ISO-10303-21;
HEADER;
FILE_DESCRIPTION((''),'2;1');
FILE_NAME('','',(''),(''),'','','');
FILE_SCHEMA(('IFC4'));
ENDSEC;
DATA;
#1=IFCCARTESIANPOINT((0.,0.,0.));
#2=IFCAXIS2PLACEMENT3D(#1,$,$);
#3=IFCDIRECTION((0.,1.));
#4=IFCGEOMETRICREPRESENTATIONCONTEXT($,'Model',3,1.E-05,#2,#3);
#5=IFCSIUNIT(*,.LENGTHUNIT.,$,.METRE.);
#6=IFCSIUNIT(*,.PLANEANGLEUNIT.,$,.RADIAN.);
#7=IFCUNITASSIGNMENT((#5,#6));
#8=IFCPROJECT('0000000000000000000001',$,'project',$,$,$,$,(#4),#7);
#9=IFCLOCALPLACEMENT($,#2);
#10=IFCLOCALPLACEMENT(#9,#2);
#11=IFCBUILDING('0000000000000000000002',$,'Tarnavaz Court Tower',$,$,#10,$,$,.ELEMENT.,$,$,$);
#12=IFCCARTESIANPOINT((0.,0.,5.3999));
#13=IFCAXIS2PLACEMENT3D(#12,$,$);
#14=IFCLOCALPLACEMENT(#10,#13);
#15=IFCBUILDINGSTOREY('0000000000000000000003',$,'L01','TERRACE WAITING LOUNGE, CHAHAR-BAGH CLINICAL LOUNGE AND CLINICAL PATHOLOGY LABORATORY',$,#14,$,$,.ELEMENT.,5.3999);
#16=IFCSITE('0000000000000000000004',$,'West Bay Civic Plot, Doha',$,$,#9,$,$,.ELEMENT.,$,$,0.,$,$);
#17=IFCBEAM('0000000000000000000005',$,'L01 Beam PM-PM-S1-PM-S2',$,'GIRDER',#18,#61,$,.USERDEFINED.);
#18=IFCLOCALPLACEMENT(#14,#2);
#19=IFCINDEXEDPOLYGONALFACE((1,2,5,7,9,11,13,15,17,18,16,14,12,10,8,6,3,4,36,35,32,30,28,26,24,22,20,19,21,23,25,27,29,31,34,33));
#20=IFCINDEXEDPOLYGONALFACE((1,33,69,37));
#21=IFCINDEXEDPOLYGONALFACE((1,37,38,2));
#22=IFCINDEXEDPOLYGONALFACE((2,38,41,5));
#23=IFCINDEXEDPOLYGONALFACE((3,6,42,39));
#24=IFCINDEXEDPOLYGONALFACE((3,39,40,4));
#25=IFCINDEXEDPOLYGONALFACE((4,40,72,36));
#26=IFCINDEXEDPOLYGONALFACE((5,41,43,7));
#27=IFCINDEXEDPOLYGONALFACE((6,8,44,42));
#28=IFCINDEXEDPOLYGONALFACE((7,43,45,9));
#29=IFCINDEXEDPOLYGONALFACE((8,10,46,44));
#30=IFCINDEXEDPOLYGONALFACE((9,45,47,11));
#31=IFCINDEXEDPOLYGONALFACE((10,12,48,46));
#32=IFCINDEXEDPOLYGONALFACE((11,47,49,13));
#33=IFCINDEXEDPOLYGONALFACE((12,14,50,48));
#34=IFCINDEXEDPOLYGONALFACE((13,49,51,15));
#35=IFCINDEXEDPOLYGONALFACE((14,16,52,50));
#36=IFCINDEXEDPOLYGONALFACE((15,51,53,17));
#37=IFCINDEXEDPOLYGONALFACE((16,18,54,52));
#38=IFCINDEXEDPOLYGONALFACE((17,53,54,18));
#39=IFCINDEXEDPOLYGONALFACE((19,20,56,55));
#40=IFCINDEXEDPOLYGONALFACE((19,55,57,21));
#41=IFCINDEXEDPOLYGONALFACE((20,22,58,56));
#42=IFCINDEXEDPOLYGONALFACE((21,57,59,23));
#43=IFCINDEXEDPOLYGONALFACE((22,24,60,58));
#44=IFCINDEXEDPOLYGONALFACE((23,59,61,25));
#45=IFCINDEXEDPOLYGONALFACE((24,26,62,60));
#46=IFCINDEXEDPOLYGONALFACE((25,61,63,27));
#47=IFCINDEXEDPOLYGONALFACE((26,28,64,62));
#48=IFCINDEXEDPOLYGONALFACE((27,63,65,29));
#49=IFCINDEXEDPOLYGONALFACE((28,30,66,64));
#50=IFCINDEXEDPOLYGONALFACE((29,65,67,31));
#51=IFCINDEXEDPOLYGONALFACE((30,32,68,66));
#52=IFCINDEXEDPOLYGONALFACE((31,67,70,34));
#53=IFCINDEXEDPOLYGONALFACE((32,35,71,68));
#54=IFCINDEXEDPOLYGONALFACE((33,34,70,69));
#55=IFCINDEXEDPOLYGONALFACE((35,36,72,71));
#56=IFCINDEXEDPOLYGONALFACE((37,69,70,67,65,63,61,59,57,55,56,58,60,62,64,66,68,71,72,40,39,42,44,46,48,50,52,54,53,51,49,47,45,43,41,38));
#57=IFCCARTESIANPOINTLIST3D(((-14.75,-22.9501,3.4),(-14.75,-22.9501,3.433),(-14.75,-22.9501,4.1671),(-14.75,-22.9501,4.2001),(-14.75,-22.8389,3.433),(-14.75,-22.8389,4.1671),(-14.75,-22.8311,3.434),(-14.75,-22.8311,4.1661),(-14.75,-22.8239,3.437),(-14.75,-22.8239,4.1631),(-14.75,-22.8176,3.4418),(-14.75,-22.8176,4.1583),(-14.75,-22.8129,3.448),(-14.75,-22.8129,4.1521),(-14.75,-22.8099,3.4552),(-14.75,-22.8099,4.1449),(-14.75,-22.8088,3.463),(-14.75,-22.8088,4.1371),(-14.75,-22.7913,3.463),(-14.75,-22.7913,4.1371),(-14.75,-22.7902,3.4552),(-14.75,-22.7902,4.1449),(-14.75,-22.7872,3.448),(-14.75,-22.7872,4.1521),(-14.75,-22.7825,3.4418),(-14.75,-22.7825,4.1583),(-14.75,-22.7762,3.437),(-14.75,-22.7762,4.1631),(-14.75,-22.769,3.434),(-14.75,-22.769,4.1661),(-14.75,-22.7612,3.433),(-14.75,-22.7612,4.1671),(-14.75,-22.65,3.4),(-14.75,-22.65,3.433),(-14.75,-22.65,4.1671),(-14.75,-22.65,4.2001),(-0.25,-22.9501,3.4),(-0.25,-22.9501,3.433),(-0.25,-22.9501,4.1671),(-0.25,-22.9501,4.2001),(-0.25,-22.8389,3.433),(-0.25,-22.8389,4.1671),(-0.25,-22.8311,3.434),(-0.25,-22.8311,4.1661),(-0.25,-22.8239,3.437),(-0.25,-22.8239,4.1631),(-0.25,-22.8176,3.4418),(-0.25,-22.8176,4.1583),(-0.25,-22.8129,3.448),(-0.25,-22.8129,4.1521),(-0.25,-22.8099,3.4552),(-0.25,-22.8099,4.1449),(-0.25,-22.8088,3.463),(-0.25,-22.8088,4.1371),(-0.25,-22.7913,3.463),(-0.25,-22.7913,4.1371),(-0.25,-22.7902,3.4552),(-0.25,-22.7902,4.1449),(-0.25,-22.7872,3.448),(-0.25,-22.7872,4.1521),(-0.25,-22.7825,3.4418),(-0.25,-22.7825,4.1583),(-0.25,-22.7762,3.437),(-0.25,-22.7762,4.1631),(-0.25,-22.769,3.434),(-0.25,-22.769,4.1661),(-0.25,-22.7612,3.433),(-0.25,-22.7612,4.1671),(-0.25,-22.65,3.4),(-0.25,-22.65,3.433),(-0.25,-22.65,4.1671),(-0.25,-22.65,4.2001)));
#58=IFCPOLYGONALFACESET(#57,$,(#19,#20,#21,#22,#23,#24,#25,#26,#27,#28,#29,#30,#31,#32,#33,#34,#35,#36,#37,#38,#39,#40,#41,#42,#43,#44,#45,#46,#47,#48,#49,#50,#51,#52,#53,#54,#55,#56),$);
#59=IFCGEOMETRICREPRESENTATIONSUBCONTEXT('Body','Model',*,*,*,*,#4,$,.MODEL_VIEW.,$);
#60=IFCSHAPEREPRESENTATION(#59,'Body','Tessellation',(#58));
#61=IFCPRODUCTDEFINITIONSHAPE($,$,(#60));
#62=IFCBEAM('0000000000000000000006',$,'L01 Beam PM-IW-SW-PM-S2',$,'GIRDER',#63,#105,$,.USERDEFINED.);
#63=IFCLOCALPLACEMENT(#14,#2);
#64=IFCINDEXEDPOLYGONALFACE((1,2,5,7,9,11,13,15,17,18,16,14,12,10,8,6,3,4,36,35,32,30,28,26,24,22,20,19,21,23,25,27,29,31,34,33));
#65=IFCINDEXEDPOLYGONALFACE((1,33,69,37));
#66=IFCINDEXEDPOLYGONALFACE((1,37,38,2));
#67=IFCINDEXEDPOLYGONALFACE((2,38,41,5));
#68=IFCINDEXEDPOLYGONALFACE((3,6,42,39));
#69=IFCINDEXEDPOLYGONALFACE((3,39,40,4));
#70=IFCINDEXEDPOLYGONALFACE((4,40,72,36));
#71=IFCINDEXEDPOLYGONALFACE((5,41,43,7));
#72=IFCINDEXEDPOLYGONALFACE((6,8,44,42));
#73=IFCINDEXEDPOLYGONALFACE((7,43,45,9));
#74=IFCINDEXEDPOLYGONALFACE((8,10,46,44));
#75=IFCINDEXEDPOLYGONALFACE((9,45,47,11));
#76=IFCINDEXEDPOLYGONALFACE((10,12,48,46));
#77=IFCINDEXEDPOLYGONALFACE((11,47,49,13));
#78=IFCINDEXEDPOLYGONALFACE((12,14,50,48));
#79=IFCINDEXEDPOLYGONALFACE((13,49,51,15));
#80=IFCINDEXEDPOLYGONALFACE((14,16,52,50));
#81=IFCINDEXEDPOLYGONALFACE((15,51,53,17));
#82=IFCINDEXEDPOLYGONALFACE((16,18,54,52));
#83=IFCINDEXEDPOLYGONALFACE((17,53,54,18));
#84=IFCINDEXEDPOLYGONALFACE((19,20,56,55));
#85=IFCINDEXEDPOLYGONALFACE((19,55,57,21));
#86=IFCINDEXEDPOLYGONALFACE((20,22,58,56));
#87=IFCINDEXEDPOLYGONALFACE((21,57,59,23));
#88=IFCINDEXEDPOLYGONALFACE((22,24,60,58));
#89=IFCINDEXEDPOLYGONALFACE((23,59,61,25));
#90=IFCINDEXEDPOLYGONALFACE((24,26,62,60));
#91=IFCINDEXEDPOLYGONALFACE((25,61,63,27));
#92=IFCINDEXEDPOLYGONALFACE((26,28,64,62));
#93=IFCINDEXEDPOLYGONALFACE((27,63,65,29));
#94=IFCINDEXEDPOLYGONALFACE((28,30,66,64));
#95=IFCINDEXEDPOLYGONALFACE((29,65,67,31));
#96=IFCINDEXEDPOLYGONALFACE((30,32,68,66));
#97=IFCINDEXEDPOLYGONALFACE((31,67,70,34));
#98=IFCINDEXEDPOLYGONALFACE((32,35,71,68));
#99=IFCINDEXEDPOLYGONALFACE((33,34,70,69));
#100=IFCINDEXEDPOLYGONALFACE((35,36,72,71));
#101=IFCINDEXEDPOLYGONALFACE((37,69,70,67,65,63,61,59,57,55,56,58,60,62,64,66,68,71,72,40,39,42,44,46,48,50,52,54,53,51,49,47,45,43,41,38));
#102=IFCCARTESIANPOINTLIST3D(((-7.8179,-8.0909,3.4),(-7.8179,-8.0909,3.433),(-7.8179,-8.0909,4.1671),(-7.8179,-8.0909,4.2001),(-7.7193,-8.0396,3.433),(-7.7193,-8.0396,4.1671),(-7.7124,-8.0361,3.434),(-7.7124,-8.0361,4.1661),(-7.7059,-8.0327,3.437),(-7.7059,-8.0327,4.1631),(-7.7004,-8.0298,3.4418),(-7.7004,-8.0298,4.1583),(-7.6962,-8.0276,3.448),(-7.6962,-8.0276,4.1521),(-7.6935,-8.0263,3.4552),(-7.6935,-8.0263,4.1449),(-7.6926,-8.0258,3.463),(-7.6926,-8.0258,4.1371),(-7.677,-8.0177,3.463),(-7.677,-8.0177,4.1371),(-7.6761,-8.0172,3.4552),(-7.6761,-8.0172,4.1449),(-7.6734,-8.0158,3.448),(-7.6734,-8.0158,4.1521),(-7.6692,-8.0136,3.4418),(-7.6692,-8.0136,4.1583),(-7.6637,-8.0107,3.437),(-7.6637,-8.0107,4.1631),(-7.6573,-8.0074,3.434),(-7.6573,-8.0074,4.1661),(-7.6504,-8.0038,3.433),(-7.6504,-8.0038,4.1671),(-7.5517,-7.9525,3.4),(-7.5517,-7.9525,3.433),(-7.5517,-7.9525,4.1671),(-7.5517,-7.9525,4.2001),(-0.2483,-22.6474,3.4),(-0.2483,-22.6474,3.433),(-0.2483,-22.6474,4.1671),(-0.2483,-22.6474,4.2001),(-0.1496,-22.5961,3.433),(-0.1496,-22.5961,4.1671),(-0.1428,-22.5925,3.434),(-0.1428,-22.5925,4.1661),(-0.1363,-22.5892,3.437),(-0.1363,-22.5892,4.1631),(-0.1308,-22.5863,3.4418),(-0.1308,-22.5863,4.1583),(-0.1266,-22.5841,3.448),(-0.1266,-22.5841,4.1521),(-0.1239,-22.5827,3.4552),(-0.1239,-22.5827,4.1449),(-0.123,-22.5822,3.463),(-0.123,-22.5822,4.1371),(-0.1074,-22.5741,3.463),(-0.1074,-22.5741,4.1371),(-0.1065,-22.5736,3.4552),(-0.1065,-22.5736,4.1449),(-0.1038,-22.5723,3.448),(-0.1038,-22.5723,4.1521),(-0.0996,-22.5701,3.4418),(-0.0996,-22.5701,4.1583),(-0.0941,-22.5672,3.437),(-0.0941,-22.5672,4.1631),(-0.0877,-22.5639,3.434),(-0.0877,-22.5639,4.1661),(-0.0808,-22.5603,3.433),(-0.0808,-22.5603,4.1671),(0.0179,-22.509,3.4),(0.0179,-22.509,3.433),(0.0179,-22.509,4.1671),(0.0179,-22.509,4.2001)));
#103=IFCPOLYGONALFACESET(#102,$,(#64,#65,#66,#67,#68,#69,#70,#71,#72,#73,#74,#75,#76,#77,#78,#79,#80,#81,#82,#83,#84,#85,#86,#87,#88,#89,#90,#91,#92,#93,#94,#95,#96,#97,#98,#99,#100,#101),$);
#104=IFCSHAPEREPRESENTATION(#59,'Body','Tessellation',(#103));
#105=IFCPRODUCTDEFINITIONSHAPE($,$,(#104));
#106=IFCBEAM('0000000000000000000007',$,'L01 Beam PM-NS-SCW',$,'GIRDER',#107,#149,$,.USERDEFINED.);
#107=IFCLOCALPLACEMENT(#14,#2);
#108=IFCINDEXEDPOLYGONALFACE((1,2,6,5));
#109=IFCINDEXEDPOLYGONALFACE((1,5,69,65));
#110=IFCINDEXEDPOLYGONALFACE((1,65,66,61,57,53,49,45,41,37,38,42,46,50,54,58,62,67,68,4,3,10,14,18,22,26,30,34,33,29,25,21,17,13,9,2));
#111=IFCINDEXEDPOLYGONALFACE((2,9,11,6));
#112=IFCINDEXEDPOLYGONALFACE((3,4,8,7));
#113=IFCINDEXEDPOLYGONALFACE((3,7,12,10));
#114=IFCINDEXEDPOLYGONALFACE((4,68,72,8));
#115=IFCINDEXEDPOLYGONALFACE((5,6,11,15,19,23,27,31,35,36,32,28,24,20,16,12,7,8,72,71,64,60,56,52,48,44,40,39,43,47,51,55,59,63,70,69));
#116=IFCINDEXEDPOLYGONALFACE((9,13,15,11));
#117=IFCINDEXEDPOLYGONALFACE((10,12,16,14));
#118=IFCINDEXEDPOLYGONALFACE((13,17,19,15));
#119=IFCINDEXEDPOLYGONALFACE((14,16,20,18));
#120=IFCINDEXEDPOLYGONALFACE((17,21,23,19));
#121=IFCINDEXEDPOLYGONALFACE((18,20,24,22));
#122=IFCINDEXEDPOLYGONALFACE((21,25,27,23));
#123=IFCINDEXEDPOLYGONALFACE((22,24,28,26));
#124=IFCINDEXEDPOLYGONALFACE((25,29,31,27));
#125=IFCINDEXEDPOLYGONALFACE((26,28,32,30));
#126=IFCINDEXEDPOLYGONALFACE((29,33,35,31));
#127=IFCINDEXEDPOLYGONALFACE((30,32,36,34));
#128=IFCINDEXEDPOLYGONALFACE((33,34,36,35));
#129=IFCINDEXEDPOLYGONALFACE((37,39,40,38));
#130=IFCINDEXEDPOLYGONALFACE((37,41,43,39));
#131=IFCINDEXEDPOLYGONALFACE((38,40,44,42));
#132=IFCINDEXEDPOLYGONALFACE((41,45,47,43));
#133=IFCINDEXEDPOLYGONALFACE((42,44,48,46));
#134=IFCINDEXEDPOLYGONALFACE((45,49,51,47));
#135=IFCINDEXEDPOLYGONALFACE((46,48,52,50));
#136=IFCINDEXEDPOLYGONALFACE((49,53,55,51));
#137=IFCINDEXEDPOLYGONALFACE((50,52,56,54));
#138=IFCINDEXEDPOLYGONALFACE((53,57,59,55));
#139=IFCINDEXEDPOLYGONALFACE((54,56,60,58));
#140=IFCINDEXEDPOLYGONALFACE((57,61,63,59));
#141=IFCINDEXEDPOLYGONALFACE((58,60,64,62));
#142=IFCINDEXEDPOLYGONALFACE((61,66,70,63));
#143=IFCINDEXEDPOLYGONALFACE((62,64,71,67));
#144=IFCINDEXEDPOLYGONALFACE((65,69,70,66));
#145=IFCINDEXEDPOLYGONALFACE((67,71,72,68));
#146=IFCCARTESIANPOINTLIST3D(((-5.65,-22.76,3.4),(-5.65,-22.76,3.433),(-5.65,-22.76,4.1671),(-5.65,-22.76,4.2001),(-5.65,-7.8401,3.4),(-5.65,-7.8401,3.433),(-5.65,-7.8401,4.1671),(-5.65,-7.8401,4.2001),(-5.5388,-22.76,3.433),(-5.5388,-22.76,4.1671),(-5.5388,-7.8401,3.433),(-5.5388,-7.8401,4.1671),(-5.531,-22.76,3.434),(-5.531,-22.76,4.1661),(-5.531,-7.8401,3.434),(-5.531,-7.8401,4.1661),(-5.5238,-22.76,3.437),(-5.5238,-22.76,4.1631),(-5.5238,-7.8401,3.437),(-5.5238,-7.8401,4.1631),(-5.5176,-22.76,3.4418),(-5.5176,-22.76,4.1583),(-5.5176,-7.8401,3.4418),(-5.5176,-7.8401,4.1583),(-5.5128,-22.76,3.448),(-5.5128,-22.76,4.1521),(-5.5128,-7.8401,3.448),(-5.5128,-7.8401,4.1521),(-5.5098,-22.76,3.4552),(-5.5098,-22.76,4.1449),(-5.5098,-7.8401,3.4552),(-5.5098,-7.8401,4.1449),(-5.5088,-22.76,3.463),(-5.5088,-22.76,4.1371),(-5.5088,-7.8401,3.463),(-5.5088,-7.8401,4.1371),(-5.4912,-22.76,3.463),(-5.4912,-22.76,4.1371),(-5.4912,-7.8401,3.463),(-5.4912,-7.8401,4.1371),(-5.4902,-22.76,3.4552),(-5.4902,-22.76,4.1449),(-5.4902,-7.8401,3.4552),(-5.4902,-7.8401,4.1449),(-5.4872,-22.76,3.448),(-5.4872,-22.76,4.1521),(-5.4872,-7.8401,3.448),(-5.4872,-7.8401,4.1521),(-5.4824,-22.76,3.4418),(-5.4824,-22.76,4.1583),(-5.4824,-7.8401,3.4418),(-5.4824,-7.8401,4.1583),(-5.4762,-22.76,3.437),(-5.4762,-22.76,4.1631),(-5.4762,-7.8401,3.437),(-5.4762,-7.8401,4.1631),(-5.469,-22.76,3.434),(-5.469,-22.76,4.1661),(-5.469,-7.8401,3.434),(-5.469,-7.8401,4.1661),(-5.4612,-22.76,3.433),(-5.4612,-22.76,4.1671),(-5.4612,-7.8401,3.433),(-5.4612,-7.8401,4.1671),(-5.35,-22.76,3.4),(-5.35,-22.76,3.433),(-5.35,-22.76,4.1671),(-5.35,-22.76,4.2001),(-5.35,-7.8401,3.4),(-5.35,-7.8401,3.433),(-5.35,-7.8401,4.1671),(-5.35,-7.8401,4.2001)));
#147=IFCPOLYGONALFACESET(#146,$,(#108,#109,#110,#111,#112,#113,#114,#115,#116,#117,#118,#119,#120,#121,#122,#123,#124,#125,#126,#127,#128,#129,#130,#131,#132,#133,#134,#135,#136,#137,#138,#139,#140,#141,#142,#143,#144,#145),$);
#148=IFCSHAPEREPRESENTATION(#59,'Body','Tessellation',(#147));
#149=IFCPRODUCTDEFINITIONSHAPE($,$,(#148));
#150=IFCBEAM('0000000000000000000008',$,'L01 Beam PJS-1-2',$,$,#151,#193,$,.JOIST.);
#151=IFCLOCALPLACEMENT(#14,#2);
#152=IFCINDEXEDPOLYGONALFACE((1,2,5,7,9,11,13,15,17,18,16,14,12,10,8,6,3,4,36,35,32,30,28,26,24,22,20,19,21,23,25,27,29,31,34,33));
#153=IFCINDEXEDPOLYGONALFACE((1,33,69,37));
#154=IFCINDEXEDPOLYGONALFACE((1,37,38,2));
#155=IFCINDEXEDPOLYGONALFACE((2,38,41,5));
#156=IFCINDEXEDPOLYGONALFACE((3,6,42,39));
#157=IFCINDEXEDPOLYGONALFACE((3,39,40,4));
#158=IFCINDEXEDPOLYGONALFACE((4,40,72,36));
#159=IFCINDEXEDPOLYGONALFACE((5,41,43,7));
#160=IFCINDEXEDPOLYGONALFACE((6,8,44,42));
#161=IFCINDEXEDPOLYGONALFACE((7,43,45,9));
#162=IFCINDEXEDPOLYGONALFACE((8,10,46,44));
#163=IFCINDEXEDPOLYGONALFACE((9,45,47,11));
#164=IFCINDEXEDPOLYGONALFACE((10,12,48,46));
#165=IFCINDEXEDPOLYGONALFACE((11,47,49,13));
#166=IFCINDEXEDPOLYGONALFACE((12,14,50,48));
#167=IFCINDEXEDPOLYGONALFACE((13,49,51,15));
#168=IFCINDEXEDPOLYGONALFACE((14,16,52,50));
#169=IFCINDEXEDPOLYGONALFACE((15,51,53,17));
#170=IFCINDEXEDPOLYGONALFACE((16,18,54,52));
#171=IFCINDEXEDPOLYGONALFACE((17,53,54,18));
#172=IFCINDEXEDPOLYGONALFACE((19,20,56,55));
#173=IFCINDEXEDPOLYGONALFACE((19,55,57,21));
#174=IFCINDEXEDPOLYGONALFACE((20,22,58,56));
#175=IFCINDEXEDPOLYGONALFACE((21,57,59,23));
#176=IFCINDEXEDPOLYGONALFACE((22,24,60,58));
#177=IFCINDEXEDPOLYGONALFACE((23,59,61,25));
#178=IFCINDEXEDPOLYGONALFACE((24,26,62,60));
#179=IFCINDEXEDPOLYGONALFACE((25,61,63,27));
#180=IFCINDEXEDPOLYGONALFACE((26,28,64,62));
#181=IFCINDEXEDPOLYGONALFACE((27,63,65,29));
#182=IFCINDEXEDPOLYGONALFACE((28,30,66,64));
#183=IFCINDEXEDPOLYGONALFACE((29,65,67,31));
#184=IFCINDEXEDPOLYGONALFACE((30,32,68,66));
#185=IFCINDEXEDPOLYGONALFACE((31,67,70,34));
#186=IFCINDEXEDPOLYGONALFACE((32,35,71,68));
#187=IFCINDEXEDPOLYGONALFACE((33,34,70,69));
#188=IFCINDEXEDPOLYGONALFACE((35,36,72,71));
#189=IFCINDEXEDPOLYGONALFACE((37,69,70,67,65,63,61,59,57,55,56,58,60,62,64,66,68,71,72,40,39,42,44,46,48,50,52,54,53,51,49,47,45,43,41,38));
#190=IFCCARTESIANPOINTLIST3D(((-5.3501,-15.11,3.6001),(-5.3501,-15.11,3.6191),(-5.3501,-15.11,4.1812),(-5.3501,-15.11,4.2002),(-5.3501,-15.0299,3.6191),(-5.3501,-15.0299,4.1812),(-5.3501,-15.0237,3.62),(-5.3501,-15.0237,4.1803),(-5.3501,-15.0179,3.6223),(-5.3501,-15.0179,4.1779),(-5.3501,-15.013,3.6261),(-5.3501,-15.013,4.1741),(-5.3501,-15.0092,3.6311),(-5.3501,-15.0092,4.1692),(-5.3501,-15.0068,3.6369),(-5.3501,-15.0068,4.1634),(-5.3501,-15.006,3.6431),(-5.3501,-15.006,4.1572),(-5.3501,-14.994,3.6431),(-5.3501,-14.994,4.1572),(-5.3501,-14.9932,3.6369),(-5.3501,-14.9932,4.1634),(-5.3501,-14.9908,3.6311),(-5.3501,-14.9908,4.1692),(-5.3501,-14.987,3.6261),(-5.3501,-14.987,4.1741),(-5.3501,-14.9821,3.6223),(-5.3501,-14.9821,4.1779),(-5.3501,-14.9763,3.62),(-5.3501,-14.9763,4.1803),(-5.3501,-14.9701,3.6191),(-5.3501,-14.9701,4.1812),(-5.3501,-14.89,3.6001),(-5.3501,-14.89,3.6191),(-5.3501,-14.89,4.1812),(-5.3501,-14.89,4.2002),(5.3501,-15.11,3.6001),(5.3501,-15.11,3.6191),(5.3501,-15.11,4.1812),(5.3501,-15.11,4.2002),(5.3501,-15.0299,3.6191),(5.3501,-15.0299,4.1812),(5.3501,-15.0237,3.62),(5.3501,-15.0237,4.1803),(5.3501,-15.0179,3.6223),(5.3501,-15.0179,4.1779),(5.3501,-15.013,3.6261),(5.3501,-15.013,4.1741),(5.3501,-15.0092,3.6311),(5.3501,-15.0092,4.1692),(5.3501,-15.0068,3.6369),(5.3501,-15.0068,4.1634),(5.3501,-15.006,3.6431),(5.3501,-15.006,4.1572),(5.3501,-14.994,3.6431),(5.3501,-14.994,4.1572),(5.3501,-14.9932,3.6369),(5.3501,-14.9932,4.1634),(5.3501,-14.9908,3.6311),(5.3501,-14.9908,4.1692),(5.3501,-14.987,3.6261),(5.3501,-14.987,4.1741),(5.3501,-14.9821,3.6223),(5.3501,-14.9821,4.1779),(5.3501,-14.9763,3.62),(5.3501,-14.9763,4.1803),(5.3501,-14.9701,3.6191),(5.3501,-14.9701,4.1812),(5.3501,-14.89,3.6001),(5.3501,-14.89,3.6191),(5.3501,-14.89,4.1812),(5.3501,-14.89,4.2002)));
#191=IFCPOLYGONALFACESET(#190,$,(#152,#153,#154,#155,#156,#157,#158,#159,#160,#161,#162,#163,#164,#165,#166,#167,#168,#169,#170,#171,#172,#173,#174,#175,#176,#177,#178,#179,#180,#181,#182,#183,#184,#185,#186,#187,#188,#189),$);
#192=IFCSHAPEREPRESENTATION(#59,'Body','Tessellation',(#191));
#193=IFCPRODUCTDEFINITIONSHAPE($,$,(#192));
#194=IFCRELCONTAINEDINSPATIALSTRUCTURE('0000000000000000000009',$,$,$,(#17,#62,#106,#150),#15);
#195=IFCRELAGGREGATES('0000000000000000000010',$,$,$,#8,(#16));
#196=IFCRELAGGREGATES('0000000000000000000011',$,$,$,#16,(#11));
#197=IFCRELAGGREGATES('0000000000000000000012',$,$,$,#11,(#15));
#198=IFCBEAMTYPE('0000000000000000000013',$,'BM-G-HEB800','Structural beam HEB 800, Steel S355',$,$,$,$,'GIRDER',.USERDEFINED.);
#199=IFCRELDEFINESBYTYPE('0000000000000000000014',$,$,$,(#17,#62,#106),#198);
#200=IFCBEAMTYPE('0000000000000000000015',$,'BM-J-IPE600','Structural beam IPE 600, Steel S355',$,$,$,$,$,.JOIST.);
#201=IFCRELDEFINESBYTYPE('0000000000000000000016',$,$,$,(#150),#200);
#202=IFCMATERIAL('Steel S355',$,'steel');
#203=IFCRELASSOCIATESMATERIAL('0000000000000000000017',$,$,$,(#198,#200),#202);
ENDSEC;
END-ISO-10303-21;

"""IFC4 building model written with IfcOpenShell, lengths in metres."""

from ifc_helpers import new_model, si_unit, direction, frame, origin, origin_2d, place, context, subcontext, project, spatial, i_section, extrude, material, material_profile, profile_set, type_object, element, save


model = new_model("IFC4")

# Units and contexts
model_context = context("Model", 3, precision=1e-05, world=origin(), true_north=direction((0.0, 1.0)))
body_context = subcontext(model_context, "Body", "Model", "MODEL_VIEW")
ifc_project = project(units=[si_unit("LENGTHUNIT", "METRE"), si_unit("PLANEANGLEUNIT", "RADIAN")], contexts=[model_context])

# Site, building, storey
site_placement = place(None, origin())
site = spatial("IfcSite", under=ifc_project, at=site_placement, Name="West Bay Civic Plot, Doha", CompositionType="ELEMENT", RefElevation=0.0)
building_placement = place(site_placement, origin())
building = spatial("IfcBuilding", under=site, at=building_placement, Name="Tarnavaz Court Tower", CompositionType="ELEMENT")
storey_placement = place(building_placement, frame((0.0, 0.0, 5.3999)))
storey = spatial("IfcBuildingStorey", under=building, at=storey_placement, Name="L01", Description="TERRACE WAITING LOUNGE, CHAHAR-BAGH CLINICAL LOUNGE AND CLINICAL PATHOLOGY LABORATORY", CompositionType="ELEMENT", Elevation=5.3999)

# Beams
ifc_material_1 = material(Name="Steel S355", Category="steel")
ifc_material_profile_1 = material_profile(ifc_material_1, i_section(OverallWidth=0.3, OverallDepth=0.8, WebThickness=0.0176, FlangeThickness=0.033, FilletRadius=0.03, at=origin_2d()), Name="HEB 800")
ifc_profile_set_1 = profile_set([ifc_material_profile_1], Name="Steel S355")
beam_type_1 = type_object("IfcBeamType", Name="BM-G-HEB800", Description="Structural beam HEB 800, Steel S355", ElementType="GIRDER", PredefinedType="USERDEFINED", material=ifc_profile_set_1)
beam_1_placement = place(storey_placement, frame((-14.75, -22.8, 3.8), z_axis=(1.0, 0.0, 0.0), x_axis=(0.0, 1.0, 0.0)))
element("IfcBeam", 1, at=beam_1_placement, inside=storey, type_object=beam_type_1, Name="L01 Beam PM-PM-S1-PM-S2", ObjectType="GIRDER", PredefinedType="USERDEFINED", context=body_context, shape_type="SweptSolid", body=[
    extrude(i_section(OverallWidth=0.3, OverallDepth=0.8, WebThickness=0.0176, FlangeThickness=0.033, FilletRadius=0.03, at=origin_2d()), origin(), (0.0, 0.0, 1.0), 14.5),
])
beam_2_placement = place(storey_placement, frame((-7.6848, -8.0217, 3.8), z_axis=(0.461365, -0.88721, 0.0), x_axis=(0.88721, 0.461365, 0.0)))
element("IfcBeam", 2, at=beam_2_placement, inside=storey, type_object=beam_type_1, Name="L01 Beam PM-IW-SW-PM-S2", ObjectType="GIRDER", PredefinedType="USERDEFINED", context=body_context, shape_type="SweptSolid", body=[
    extrude(i_section(OverallWidth=0.3, OverallDepth=0.8, WebThickness=0.0176, FlangeThickness=0.033, FilletRadius=0.03, at=origin_2d()), origin(), (0.0, 0.0, 1.0), 16.407),
])
beam_3_placement = place(storey_placement, frame((-5.5, -7.8401, 3.8), z_axis=(0.0, -1.0, 0.0), x_axis=(1.0, 0.0, 0.0)))
element("IfcBeam", 3, at=beam_3_placement, inside=storey, type_object=beam_type_1, Name="L01 Beam PM-NS-SCW", ObjectType="GIRDER", PredefinedType="USERDEFINED", context=body_context, shape_type="SweptSolid", body=[
    extrude(i_section(OverallWidth=0.3, OverallDepth=0.8, WebThickness=0.0176, FlangeThickness=0.033, FilletRadius=0.03, at=origin_2d()), origin(), (0.0, 0.0, 1.0), 14.9199),
])
ifc_material_profile_2 = material_profile(ifc_material_1, i_section(OverallWidth=0.22, OverallDepth=0.6001, WebThickness=0.012, FlangeThickness=0.019, FilletRadius=0.0239, at=origin_2d()), Name="IPE 600")
ifc_profile_set_2 = profile_set([ifc_material_profile_2], Name="Steel S355")
beam_type_2 = type_object("IfcBeamType", Name="BM-J-IPE600", Description="Structural beam IPE 600, Steel S355", PredefinedType="JOIST", material=ifc_profile_set_2)
for number, where, z_axis, x_axis, name in (
    (4, (-5.3501, -15.0, 3.9001), (1.0, 0.0, 0.0), (0.0, 1.0, 0.0), "L01 Beam PJS-1-2"),
):
    element("IfcBeam", number, at=place(storey_placement, frame(where, z_axis=z_axis, x_axis=x_axis)), inside=storey, type_object=beam_type_2, Name=name, PredefinedType="JOIST", context=body_context, shape_type="SweptSolid", body=[
        extrude(i_section(OverallWidth=0.22, OverallDepth=0.6001, WebThickness=0.012, FlangeThickness=0.019, FilletRadius=0.0239, at=origin_2d()), origin(), (0.0, 0.0, 1.0), 10.7002),
    ])

save(model, "model.ifc")
